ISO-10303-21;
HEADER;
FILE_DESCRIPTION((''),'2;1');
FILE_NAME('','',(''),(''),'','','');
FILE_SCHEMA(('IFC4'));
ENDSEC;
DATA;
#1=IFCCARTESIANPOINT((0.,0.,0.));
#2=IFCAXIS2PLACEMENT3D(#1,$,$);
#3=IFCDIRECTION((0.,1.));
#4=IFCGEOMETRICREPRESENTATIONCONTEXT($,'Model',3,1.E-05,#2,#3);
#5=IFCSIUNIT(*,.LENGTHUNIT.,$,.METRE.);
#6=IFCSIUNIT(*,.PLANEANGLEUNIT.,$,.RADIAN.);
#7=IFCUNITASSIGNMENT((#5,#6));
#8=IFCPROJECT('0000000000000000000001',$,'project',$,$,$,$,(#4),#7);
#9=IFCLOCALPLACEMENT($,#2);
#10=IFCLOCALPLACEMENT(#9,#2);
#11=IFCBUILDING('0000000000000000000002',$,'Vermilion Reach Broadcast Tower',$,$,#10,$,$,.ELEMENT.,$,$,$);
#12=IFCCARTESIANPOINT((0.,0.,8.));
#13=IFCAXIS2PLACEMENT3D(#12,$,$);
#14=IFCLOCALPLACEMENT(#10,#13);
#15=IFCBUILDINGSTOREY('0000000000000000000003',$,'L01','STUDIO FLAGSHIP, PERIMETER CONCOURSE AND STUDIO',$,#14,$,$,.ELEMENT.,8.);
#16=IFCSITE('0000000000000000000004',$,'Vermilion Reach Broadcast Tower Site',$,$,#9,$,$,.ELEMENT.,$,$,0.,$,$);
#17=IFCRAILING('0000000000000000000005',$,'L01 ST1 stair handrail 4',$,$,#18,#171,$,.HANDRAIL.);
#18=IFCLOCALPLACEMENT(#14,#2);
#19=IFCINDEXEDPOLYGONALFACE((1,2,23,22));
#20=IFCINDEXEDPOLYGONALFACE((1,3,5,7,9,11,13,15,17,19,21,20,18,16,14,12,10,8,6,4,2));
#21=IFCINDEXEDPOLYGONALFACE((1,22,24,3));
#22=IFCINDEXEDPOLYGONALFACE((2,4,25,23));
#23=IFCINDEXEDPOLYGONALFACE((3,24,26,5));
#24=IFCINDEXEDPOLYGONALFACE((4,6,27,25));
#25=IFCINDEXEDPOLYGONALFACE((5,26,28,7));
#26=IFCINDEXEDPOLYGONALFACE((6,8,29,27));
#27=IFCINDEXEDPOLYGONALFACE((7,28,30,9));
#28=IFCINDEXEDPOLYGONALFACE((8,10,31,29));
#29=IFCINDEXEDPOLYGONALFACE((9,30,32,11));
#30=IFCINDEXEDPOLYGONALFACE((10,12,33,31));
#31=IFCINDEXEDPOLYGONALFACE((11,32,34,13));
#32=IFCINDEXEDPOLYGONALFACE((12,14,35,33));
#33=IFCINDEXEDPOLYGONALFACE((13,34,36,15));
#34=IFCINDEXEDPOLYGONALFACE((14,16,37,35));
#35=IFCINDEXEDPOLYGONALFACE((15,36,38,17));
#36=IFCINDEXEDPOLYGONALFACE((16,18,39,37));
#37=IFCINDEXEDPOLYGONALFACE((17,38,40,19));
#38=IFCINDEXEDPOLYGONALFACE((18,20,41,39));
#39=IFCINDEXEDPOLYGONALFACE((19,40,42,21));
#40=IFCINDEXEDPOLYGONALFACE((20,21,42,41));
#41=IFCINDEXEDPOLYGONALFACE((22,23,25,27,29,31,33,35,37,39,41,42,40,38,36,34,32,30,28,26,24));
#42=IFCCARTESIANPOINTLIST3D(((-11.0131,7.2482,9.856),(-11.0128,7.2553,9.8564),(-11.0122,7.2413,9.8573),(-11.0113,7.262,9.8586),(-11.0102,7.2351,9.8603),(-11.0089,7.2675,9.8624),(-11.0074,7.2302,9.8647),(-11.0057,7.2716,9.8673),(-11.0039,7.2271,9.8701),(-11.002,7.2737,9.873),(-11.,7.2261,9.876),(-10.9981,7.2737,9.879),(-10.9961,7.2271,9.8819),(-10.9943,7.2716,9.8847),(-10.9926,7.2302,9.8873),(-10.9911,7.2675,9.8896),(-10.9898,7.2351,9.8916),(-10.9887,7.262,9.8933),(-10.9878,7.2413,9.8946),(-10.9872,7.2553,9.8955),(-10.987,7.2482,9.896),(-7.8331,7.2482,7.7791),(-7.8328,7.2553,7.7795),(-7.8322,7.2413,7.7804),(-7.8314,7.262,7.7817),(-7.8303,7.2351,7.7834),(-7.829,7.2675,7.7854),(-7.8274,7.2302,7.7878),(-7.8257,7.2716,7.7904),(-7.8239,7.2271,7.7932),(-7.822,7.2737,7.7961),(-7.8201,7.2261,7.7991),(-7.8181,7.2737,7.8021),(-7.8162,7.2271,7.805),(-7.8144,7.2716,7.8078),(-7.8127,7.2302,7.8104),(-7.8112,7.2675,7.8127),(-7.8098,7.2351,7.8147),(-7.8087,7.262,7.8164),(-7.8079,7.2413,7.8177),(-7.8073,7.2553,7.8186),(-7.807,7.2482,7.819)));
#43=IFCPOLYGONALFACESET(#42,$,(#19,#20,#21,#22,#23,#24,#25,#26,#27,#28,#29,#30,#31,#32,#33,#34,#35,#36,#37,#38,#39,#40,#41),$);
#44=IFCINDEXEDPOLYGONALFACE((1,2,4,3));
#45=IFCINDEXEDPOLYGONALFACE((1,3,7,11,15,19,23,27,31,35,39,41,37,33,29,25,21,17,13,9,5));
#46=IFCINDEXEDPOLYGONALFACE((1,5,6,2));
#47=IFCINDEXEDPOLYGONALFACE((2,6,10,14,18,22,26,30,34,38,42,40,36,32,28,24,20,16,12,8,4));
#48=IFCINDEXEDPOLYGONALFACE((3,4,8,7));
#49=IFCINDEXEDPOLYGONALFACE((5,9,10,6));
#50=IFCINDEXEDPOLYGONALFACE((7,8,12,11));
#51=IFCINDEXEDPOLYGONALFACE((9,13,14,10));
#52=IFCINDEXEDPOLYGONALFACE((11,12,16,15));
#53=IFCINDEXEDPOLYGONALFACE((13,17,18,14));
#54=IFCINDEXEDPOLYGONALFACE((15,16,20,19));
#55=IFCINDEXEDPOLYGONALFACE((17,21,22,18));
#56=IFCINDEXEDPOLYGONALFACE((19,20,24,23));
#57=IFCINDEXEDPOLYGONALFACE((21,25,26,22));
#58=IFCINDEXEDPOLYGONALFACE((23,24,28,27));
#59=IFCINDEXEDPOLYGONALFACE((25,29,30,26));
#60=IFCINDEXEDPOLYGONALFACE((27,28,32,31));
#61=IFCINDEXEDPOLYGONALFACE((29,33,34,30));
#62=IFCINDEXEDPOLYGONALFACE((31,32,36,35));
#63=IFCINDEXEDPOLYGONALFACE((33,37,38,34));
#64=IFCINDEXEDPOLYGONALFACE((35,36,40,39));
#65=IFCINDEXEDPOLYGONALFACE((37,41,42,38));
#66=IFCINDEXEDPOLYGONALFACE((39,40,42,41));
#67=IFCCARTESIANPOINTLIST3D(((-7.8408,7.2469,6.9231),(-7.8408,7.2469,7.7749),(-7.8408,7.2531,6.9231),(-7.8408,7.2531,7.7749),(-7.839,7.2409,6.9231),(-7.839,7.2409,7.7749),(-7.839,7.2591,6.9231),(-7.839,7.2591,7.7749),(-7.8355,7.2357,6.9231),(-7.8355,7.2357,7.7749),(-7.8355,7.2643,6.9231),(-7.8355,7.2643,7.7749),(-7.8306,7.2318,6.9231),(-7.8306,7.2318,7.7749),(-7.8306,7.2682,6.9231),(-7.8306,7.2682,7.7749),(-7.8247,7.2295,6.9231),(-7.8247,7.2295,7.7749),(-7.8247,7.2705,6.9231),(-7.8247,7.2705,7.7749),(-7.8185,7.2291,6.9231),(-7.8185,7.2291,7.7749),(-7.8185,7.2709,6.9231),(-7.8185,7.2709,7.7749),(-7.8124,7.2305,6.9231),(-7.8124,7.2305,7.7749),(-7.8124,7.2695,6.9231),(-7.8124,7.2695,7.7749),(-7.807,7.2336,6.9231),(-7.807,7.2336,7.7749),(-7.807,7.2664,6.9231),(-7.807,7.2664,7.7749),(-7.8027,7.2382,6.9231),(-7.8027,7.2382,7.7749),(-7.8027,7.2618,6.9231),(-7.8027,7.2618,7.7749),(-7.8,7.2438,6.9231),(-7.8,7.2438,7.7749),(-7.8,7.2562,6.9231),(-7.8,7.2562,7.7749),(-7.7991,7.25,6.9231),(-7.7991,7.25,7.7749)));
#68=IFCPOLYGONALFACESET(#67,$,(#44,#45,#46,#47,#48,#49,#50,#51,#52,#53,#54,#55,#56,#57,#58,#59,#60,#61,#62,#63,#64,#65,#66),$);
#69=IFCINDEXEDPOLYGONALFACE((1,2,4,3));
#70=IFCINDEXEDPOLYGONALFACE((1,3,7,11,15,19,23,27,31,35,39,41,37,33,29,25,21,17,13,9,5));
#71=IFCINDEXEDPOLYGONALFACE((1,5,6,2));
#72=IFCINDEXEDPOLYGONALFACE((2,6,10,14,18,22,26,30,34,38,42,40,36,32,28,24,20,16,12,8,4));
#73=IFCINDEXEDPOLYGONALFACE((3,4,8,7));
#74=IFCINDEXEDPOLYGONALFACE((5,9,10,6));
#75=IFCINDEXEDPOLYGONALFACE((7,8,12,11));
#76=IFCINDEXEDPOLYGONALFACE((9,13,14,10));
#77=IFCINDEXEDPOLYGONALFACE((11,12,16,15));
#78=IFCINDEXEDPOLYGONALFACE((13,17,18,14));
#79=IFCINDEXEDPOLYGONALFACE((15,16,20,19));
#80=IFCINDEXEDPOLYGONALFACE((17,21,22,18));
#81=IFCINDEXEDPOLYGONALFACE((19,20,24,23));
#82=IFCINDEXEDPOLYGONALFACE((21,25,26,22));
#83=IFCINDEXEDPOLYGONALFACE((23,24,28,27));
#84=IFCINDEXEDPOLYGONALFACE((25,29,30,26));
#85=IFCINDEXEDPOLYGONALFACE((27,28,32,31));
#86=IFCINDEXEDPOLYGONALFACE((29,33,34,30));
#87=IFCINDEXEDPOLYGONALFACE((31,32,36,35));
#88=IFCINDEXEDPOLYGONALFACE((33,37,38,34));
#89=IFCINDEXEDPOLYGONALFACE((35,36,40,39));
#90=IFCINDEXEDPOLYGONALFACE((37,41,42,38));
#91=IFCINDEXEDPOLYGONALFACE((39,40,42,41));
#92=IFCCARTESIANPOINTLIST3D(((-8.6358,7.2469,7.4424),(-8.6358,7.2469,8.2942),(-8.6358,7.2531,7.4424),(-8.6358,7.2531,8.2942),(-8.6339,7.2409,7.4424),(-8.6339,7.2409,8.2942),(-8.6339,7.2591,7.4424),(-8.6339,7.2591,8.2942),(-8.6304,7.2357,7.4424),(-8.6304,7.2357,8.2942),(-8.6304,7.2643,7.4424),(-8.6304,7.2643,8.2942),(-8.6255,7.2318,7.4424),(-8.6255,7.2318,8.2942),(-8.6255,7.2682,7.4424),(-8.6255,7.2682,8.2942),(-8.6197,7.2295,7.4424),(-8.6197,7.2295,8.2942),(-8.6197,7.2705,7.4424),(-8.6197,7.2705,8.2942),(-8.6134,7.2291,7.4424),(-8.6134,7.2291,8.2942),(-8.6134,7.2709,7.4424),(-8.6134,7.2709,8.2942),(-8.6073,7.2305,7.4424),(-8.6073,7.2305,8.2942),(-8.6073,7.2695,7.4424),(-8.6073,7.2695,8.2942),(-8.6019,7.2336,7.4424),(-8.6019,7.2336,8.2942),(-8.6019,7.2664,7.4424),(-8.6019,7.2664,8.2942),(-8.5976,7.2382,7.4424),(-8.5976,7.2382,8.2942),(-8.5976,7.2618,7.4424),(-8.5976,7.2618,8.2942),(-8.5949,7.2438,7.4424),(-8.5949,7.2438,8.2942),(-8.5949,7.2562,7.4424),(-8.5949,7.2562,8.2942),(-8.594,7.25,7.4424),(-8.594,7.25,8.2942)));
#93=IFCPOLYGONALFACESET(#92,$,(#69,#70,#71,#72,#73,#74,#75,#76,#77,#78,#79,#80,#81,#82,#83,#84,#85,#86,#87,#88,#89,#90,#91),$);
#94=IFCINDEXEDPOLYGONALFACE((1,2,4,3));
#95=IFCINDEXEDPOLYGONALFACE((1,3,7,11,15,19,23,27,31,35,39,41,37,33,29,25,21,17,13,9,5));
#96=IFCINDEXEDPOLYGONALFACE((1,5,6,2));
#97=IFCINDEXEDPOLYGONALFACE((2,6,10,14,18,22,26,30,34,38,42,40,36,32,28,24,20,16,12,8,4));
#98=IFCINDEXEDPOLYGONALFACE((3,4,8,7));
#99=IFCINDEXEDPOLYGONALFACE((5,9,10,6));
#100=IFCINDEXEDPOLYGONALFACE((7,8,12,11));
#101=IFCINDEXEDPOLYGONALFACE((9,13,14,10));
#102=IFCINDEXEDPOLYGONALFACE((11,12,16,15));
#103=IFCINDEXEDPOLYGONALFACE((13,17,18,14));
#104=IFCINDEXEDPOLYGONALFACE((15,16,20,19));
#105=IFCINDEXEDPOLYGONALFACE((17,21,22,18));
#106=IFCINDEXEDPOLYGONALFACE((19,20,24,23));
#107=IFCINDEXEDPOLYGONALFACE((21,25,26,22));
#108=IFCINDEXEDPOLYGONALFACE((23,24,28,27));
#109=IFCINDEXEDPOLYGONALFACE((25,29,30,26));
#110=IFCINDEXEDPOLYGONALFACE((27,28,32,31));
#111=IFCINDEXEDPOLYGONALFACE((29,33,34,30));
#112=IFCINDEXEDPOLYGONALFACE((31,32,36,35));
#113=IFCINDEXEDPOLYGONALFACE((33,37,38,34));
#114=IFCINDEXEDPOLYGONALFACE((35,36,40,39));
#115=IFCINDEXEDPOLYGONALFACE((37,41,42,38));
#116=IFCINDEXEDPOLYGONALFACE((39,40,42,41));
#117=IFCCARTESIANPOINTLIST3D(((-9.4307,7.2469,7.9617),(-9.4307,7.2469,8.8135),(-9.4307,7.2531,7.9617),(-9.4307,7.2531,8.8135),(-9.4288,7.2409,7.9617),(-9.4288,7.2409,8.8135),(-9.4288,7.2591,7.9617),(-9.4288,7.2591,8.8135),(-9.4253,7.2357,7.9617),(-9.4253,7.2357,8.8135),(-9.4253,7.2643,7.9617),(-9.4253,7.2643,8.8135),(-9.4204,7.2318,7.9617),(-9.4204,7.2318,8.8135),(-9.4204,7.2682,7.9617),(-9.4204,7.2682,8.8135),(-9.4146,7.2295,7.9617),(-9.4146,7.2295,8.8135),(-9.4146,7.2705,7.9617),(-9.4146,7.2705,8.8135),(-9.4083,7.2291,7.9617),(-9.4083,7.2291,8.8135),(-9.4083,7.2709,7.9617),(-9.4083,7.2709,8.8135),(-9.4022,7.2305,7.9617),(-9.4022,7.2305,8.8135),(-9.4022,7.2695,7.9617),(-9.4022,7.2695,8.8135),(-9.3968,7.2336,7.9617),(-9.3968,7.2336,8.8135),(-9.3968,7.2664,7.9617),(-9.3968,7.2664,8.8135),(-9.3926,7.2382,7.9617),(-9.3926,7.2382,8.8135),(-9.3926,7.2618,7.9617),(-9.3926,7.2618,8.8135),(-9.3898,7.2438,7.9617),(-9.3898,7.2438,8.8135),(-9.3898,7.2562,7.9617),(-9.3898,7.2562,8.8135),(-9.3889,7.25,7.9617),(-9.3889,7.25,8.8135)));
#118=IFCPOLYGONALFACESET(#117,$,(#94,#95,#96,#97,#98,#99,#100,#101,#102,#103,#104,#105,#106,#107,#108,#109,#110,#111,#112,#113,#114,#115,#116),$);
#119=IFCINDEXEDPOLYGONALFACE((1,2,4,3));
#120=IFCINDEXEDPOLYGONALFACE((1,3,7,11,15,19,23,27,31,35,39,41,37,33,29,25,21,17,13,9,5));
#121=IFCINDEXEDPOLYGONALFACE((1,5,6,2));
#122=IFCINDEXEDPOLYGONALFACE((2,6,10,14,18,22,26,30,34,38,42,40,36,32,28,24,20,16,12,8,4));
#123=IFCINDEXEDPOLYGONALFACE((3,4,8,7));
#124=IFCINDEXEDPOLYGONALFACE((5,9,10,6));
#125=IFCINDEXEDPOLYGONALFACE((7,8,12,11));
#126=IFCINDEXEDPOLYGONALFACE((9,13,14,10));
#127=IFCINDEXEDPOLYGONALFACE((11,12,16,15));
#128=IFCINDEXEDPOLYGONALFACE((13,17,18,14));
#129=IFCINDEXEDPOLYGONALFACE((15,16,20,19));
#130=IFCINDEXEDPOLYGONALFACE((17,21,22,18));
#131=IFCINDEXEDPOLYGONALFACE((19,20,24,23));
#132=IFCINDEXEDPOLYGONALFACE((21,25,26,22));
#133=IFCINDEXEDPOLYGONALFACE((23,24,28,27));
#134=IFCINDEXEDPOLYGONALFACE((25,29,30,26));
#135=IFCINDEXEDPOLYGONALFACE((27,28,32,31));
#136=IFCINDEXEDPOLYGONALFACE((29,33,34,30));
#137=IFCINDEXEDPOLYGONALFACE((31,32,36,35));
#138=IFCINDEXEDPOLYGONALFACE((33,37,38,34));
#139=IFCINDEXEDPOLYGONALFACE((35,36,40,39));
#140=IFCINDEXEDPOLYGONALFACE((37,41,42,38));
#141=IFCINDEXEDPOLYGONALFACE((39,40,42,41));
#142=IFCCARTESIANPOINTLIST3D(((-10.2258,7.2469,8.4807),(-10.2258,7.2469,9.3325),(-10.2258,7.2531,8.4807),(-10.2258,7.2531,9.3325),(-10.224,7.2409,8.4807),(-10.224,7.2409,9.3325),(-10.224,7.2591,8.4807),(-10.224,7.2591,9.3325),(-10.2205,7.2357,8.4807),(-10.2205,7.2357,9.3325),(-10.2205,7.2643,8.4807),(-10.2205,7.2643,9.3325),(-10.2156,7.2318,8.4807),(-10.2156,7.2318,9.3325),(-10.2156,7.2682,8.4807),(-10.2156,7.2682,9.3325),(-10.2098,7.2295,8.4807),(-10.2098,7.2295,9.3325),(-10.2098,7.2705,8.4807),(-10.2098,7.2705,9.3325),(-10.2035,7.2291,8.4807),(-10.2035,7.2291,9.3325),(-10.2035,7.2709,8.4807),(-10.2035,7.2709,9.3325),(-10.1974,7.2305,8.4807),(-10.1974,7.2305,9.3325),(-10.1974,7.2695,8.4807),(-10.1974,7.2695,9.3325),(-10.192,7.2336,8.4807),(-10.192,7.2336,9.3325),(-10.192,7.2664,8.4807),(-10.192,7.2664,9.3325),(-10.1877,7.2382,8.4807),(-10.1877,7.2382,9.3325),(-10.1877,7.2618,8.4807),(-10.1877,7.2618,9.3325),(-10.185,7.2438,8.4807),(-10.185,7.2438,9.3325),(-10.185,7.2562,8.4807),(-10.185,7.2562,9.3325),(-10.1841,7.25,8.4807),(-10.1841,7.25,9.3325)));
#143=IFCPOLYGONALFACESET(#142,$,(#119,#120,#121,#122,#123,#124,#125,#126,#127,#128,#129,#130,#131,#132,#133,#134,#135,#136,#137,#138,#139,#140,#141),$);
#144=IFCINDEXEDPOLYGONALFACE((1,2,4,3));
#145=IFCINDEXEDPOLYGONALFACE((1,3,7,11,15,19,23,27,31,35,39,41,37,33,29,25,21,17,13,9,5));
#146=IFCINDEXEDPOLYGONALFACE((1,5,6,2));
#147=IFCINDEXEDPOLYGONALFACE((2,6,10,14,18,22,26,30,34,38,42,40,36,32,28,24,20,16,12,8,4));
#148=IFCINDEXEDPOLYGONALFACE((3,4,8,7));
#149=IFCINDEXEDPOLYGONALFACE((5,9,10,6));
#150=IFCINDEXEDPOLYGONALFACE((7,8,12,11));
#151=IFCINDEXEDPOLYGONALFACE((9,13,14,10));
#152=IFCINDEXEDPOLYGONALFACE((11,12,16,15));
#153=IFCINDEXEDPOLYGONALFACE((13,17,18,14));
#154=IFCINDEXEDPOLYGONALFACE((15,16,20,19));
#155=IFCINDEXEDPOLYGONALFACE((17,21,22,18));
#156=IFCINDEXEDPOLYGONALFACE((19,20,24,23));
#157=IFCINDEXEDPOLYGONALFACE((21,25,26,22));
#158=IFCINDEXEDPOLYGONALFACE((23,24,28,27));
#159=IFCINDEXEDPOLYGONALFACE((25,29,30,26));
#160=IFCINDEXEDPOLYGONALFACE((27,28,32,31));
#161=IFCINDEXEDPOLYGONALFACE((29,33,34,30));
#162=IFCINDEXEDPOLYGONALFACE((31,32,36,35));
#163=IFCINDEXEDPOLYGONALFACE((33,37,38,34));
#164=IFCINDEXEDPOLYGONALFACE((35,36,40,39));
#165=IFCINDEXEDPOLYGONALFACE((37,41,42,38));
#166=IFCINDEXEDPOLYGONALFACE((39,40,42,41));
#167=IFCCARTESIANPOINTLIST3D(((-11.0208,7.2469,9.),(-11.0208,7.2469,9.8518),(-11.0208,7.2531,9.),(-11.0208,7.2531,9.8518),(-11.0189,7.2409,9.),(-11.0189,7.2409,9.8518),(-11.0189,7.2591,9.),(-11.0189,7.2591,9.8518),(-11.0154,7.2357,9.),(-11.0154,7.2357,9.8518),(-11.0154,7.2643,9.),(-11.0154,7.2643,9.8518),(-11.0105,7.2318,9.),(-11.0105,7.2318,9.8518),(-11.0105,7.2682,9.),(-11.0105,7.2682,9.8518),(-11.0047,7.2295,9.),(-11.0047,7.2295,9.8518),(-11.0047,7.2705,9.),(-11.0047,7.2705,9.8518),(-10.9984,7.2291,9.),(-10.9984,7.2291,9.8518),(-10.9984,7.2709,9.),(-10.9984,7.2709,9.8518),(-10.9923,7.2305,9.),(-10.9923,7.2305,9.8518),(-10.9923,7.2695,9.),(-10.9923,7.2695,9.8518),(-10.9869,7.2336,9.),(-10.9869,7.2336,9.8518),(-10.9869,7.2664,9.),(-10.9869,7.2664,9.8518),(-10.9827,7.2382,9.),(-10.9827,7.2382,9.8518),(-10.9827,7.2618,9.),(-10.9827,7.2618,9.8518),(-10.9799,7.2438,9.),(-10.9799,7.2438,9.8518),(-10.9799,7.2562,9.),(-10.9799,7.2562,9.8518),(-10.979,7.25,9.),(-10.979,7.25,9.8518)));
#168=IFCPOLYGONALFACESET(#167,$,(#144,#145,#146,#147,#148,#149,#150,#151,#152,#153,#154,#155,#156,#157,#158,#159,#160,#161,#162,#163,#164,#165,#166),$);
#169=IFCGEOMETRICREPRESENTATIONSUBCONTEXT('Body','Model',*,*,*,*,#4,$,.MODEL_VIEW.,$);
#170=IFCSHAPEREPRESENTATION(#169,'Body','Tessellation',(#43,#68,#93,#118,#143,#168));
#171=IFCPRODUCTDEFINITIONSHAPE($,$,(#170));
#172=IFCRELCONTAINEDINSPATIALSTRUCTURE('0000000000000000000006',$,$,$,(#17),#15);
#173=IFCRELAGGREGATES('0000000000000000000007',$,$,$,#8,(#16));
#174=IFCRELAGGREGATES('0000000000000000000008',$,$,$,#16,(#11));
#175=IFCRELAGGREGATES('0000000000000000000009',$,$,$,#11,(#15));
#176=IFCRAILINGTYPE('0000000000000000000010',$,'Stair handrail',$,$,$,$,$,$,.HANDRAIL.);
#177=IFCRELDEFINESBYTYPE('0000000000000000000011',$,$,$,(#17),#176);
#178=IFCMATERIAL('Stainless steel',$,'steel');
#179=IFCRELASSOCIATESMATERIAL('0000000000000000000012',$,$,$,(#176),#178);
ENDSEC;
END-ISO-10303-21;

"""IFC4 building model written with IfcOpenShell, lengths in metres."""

from ifc_helpers import new_model, si_unit, direction, frame, origin, origin_2d, place, context, subcontext, project, spatial, circle, extrude, material, type_object, element, save


model = new_model("IFC4")

# Units and contexts
model_context = context("Model", 3, precision=1e-05, world=origin(), true_north=direction((0.0, 1.0)))
body_context = subcontext(model_context, "Body", "Model", "MODEL_VIEW")
ifc_project = project(units=[si_unit("LENGTHUNIT", "METRE"), si_unit("PLANEANGLEUNIT", "RADIAN")], contexts=[model_context])

# Site, building, storey
site_placement = place(None, origin())
site = spatial("IfcSite", under=ifc_project, at=site_placement, Name="Vermilion Reach Broadcast Tower Site", CompositionType="ELEMENT", RefElevation=0.0)
building_placement = place(site_placement, origin())
building = spatial("IfcBuilding", under=site, at=building_placement, Name="Vermilion Reach Broadcast Tower", CompositionType="ELEMENT")
storey_placement = place(building_placement, frame((0.0, 0.0, 8.0)))
storey = spatial("IfcBuildingStorey", under=building, at=storey_placement, Name="L01", Description="STUDIO FLAGSHIP, PERIMETER CONCOURSE AND STUDIO", CompositionType="ELEMENT", Elevation=8.0)

# Railing
ifc_material_1 = material(Name="Stainless steel", Category="steel")
railing_type_1 = type_object("IfcRailingType", Name="Stair handrail", PredefinedType="HANDRAIL", material=ifc_material_1)
for number, where, name in (
    (1, (-7.8201, 7.25, 6.9231), "L01 ST1 stair handrail 4"),
):
    element("IfcRailing", number, at=place(storey_placement, frame(where)), inside=storey, type_object=railing_type_1, Name=name, PredefinedType="HANDRAIL", context=body_context, shape_type="SweptSolid", body=[
        extrude(circle(Radius=0.0239, at=origin_2d()), frame((0.0, 0.0, 0.876), z_axis=(-0.837245, 0.0, 0.546828), x_axis=(0.0, -1.0, 0.0)), (0.0, 0.0, 1.0), 3.7981),
        extrude(circle(Radius=0.021, at=origin_2d()), origin(), (0.0, 0.0, 1.0), 0.8518),
        extrude(circle(Radius=0.021, at=origin_2d()), frame((-0.7949, 0.0, 0.5193)), (0.0, 0.0, 1.0), 0.8518),
        extrude(circle(Radius=0.021, at=origin_2d()), frame((-1.5898, 0.0, 1.0386)), (0.0, 0.0, 1.0), 0.8518),
        extrude(circle(Radius=0.021, at=origin_2d()), frame((-2.385, 0.0, 1.5576)), (0.0, 0.0, 1.0), 0.8518),
        extrude(circle(Radius=0.021, at=origin_2d()), frame((-3.1799, 0.0, 2.0769)), (0.0, 0.0, 1.0), 0.8518),
    ])

save(model, "model.ifc")
